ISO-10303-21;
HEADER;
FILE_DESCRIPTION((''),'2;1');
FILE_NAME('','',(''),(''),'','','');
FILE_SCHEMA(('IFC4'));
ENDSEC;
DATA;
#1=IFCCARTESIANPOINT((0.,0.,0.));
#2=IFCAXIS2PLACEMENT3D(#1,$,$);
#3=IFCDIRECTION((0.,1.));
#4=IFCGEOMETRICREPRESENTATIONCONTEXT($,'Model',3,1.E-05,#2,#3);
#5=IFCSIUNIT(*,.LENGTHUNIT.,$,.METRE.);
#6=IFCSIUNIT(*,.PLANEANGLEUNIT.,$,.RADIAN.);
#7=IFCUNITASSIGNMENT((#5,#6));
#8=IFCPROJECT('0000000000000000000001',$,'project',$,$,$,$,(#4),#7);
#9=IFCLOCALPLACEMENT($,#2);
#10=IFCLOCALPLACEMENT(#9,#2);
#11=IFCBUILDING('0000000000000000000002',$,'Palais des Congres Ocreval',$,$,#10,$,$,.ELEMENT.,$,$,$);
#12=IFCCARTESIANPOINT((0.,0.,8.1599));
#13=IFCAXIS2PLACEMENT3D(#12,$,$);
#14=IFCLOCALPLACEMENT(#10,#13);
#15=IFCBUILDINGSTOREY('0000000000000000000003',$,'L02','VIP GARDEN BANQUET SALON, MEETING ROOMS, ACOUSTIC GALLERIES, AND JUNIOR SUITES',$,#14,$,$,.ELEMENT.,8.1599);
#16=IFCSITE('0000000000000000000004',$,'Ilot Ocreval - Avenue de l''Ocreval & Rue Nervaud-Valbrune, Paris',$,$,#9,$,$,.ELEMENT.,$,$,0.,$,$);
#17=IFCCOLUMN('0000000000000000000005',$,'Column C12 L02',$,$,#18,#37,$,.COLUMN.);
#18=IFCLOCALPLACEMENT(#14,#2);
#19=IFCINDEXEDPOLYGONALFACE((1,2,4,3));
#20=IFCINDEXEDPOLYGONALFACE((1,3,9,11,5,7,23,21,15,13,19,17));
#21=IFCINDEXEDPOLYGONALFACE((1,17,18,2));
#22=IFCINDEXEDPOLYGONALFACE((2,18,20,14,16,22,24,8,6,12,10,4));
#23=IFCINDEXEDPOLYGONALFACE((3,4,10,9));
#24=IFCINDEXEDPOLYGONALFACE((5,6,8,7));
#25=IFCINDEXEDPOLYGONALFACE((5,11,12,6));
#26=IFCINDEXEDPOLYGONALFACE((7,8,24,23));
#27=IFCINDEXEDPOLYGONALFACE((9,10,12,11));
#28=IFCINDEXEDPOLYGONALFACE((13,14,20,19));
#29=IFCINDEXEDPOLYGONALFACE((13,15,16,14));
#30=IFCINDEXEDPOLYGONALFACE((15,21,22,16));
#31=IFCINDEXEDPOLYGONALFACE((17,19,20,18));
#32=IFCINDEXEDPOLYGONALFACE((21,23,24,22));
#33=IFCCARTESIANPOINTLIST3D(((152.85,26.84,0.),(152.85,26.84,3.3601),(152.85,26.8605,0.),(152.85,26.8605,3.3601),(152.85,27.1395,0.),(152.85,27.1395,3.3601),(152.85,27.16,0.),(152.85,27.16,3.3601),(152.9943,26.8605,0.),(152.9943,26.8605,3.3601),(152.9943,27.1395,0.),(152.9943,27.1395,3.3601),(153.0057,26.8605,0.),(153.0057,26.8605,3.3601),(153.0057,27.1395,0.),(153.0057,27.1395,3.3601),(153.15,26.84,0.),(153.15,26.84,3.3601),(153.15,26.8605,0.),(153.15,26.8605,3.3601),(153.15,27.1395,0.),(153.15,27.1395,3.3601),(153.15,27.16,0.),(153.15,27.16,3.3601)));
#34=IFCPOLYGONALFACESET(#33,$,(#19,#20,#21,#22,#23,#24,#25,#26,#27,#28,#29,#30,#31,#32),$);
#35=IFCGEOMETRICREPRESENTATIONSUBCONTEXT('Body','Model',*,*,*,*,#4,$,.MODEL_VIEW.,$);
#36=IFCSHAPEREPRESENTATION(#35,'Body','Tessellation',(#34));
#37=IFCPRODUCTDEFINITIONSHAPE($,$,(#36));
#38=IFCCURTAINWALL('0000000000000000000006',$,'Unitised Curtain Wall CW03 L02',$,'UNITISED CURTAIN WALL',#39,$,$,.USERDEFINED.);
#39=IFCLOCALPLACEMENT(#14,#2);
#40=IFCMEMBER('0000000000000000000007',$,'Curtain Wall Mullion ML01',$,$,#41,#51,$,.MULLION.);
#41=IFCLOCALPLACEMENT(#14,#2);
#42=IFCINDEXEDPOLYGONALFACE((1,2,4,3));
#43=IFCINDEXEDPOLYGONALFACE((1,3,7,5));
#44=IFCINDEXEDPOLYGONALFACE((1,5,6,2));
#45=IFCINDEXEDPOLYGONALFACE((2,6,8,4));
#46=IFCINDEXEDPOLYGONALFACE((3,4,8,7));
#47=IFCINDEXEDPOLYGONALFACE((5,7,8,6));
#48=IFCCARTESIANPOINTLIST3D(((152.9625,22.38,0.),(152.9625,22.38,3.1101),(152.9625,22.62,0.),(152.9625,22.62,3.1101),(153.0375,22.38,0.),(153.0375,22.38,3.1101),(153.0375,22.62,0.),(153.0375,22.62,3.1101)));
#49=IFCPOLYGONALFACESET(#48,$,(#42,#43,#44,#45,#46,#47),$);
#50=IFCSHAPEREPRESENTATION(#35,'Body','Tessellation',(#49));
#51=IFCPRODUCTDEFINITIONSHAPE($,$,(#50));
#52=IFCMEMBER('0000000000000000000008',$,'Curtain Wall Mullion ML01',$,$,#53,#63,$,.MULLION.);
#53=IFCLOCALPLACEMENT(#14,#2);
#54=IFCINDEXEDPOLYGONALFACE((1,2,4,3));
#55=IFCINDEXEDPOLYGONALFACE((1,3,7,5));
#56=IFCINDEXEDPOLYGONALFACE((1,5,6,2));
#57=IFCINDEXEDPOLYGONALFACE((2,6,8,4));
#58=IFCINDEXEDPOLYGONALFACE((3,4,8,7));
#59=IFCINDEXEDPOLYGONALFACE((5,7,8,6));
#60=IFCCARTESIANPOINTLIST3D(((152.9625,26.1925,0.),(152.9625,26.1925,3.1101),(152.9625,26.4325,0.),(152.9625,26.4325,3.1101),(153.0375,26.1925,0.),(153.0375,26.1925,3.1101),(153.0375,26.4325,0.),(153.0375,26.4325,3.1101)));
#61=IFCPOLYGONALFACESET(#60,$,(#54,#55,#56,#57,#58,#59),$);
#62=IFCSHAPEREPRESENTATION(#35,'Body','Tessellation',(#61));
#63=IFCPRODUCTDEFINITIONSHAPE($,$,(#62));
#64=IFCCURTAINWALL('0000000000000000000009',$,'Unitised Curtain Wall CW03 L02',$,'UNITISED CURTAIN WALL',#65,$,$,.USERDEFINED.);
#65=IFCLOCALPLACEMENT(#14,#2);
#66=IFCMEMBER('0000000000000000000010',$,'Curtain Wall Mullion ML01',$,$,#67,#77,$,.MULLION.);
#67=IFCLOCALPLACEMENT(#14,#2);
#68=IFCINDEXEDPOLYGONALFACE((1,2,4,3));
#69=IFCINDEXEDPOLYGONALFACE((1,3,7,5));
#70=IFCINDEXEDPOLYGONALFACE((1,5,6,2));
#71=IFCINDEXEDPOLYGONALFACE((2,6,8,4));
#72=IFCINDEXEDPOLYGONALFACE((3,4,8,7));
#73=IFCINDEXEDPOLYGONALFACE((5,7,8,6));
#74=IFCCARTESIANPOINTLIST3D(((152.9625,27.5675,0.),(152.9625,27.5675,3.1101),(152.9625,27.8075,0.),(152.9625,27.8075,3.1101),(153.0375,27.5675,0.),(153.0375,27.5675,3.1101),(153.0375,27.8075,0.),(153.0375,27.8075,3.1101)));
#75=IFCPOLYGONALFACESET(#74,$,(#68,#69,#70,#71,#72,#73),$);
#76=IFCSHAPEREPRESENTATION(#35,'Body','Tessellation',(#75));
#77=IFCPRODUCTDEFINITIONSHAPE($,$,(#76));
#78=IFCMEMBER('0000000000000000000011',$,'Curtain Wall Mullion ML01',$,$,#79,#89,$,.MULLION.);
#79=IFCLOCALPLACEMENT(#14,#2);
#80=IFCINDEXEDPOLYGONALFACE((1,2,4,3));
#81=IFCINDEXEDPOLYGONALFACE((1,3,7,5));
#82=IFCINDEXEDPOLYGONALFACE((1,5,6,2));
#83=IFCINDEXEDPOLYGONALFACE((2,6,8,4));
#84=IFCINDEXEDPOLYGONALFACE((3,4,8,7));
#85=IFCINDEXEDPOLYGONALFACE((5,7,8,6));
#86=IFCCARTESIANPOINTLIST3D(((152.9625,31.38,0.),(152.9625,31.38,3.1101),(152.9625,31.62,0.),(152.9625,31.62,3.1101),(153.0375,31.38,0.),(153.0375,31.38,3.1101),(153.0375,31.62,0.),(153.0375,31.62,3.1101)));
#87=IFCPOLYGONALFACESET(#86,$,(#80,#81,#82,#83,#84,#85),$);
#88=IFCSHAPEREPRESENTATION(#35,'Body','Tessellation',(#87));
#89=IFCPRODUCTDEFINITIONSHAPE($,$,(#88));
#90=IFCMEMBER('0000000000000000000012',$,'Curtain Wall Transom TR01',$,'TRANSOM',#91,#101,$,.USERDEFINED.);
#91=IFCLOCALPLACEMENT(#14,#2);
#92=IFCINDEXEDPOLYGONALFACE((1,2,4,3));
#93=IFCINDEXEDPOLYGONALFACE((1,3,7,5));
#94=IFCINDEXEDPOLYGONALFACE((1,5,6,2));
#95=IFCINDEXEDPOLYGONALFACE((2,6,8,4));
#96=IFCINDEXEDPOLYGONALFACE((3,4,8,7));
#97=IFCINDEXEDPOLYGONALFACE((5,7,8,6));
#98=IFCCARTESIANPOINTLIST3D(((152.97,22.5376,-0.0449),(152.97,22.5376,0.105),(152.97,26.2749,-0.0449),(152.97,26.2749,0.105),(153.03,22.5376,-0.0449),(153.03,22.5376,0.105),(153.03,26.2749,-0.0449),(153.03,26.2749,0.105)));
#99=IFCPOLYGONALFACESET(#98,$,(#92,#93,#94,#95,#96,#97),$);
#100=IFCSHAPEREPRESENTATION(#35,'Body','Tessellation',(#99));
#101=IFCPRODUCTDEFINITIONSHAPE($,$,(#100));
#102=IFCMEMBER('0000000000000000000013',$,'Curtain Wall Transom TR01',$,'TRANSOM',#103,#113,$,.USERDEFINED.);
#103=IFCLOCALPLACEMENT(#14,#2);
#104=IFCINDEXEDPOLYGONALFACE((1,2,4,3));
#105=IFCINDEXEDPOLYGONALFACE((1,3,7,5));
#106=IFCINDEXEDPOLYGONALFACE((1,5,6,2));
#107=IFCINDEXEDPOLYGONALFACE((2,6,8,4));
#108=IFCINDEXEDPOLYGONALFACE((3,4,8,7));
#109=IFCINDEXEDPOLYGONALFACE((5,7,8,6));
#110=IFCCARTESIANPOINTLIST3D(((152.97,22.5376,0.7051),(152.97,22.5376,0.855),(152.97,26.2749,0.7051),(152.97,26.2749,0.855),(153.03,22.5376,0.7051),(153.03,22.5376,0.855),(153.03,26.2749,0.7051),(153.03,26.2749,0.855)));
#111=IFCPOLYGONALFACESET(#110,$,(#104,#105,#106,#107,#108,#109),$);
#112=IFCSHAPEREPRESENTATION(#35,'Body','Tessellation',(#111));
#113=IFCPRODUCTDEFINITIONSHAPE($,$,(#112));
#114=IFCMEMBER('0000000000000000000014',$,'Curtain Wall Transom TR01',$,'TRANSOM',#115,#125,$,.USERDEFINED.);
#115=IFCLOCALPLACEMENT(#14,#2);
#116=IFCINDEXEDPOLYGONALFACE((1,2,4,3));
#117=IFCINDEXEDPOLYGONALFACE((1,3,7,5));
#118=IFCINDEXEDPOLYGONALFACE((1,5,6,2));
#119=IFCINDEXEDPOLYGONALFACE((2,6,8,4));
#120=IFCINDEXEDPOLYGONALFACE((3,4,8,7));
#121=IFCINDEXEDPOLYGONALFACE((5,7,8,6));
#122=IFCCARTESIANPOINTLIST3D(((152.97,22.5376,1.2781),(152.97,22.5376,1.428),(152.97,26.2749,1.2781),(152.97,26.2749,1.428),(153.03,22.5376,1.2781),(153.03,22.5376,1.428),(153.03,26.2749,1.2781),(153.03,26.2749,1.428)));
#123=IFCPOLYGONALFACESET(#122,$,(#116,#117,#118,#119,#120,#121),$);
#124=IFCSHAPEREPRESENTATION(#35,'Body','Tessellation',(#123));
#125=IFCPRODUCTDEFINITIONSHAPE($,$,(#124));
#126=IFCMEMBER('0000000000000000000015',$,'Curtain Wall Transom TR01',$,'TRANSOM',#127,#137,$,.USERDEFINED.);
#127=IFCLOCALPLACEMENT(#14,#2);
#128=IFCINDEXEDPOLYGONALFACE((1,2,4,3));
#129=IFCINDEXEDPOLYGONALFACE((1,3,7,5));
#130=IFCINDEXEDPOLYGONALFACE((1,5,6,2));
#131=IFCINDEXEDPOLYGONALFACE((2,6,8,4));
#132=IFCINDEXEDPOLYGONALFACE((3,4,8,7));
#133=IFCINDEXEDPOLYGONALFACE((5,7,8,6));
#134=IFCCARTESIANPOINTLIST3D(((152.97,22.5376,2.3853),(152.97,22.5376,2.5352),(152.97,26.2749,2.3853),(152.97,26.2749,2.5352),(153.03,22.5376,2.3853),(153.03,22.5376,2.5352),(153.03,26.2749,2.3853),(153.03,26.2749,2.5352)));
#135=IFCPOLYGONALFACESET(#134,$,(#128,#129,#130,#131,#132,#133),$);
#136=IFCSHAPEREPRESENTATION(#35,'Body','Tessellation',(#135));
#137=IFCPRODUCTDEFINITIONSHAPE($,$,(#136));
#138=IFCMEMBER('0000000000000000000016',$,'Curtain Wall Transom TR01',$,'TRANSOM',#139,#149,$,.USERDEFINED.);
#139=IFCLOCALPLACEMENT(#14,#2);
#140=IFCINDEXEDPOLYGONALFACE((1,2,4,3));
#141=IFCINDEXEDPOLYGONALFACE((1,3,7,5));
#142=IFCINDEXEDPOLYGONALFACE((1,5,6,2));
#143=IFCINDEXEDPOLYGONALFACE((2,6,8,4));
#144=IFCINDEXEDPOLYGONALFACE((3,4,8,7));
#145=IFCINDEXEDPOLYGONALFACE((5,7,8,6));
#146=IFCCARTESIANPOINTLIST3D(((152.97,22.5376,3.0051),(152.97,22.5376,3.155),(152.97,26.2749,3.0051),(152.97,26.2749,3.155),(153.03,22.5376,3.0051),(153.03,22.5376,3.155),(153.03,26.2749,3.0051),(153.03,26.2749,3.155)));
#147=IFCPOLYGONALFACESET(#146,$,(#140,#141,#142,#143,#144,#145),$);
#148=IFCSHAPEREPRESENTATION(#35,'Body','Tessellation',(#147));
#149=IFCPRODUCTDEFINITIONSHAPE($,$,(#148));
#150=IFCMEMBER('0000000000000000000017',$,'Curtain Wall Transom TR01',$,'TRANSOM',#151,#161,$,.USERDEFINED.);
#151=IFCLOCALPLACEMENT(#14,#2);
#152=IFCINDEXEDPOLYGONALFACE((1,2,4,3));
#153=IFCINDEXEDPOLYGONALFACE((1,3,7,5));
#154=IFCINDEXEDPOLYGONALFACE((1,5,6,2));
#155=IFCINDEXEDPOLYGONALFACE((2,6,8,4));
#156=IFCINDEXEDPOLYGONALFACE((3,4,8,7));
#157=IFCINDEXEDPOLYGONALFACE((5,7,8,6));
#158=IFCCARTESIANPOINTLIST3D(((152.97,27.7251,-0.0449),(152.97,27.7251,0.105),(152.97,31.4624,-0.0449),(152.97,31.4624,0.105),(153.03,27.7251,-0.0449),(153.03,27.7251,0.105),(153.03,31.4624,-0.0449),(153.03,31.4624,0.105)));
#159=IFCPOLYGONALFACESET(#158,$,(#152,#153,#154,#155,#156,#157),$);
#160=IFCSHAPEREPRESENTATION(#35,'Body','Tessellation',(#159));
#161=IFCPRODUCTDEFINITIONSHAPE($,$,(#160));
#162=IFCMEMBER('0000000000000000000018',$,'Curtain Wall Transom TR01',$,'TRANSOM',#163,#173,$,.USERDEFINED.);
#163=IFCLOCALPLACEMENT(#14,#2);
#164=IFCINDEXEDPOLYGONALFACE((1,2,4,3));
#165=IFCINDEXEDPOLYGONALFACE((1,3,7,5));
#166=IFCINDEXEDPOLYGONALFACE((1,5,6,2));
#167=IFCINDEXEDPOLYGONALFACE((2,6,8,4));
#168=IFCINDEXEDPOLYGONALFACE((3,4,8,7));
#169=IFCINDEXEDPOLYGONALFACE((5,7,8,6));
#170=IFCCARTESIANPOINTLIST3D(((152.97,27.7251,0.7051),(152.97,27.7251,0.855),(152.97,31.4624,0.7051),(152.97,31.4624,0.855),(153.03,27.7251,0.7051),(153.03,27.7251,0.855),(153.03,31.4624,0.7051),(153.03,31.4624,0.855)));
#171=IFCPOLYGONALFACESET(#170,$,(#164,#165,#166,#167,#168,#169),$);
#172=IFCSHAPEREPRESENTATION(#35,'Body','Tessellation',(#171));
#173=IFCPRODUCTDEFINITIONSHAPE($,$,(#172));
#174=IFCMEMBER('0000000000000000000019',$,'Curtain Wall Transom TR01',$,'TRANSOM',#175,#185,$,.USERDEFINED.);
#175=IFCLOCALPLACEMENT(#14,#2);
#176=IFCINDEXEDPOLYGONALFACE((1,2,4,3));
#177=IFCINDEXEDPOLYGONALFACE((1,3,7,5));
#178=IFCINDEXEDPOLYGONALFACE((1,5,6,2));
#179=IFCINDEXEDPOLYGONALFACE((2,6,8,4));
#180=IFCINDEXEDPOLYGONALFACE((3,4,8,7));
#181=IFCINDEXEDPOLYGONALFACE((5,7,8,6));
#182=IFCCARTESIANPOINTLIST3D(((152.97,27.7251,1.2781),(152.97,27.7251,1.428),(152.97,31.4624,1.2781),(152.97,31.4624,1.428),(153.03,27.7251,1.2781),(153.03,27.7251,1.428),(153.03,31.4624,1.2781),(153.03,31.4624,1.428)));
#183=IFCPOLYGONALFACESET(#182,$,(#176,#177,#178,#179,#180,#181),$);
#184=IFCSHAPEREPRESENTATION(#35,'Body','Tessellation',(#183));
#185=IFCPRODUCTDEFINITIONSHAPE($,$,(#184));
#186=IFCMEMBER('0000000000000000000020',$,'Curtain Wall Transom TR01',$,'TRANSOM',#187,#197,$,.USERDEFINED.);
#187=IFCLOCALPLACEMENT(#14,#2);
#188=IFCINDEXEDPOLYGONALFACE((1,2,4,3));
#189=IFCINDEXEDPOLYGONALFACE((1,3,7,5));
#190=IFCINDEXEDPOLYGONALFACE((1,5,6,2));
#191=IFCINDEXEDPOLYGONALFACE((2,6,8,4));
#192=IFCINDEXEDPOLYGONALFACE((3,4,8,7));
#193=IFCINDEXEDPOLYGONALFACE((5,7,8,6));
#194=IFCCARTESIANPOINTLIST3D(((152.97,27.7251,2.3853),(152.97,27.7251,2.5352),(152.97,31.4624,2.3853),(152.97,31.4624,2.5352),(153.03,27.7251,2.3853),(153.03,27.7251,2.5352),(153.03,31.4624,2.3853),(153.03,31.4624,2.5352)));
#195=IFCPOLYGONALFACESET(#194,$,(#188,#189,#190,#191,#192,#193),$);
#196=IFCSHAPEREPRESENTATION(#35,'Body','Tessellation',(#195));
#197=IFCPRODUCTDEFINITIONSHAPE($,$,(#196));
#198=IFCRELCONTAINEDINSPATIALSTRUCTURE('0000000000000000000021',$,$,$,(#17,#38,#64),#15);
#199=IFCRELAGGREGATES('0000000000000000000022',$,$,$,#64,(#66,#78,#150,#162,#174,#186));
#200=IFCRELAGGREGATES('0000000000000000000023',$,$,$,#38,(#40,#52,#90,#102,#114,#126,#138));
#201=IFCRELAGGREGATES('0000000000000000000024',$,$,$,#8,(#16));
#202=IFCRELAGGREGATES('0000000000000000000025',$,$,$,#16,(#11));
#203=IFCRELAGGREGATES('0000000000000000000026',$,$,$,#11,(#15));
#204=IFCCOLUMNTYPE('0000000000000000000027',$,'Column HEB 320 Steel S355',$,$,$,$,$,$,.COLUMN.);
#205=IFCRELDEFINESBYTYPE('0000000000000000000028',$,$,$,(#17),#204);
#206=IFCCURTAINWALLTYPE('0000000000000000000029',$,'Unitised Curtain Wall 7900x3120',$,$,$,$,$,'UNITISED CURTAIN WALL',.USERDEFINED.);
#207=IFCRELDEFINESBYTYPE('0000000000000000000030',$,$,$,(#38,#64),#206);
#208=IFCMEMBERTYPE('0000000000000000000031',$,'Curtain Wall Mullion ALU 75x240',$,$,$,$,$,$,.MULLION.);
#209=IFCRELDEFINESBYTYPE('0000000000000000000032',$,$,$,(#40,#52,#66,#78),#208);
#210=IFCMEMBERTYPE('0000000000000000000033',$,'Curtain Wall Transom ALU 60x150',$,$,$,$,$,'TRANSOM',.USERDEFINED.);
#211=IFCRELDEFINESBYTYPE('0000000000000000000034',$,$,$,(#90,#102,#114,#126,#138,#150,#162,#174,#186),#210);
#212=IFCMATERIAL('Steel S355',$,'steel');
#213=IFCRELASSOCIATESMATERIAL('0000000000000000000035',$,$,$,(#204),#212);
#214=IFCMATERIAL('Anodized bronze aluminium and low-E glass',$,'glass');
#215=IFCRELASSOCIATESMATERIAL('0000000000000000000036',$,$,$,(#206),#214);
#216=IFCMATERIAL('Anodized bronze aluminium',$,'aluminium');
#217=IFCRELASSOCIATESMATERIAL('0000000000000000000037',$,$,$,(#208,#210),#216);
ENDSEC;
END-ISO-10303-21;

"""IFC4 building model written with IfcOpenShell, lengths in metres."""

from ifc_helpers import new_model, si_unit, direction, frame, origin, origin_2d, place, context, subcontext, project, spatial, rectangle, i_section, extrude, material, material_profile, profile_set, type_object, element, aggregate, save


model = new_model("IFC4")

# Units and contexts
model_context = context("Model", 3, precision=1e-05, world=origin(), true_north=direction((0.0, 1.0)))
body_context = subcontext(model_context, "Body", "Model", "MODEL_VIEW")
ifc_project = project(units=[si_unit("LENGTHUNIT", "METRE"), si_unit("PLANEANGLEUNIT", "RADIAN")], contexts=[model_context])

# Site, building, storey
site_placement = place(None, origin())
site = spatial("IfcSite", under=ifc_project, at=site_placement, Name="Ilot Ocreval - Avenue de l'Ocreval & Rue Nervaud-Valbrune, Paris", CompositionType="ELEMENT", RefElevation=0.0)
building_placement = place(site_placement, origin())
building = spatial("IfcBuilding", under=site, at=building_placement, Name="Palais des Congres Ocreval", CompositionType="ELEMENT")
storey_placement = place(building_placement, frame((0.0, 0.0, 8.1599)))
storey = spatial("IfcBuildingStorey", under=building, at=storey_placement, Name="L02", Description="VIP GARDEN BANQUET SALON, MEETING ROOMS, ACOUSTIC GALLERIES, AND JUNIOR SUITES", CompositionType="ELEMENT", Elevation=8.1599)

# Column
ifc_material_1 = material(Name="Steel S355", Category="steel")
ifc_material_profile_1 = material_profile(ifc_material_1, i_section(OverallWidth=0.3, OverallDepth=0.3201, WebThickness=0.0115, FlangeThickness=0.0205, at=origin_2d()), Name="HEB 320")
ifc_profile_set_1 = profile_set([ifc_material_profile_1], Name="Steel S355")
column_type = type_object("IfcColumnType", Name="Column HEB 320 Steel S355", PredefinedType="COLUMN", material=ifc_profile_set_1)
column_placement = place(storey_placement, frame((153.0, 27.0, 0.0), z_axis=(0.0, 0.0, 1.0), x_axis=(1.0, 0.0, 0.0)))
element("IfcColumn", 1, at=column_placement, inside=storey, type_object=column_type, Name="Column C12 L02", PredefinedType="COLUMN", context=body_context, shape_type="SweptSolid", body=[
    extrude(i_section(OverallWidth=0.3, OverallDepth=0.3201, WebThickness=0.0115, FlangeThickness=0.0205, at=origin_2d()), origin(), (0.0, 0.0, 1.0), 3.3601),
])

# Curtain walls, members
ifc_material_2 = material(Name="Anodized bronze aluminium and low-E glass", Category="glass")
curtain_wall_type = type_object("IfcCurtainWallType", Name="Unitised Curtain Wall 7900x3120", ElementType="UNITISED CURTAIN WALL", PredefinedType="USERDEFINED", material=ifc_material_2)
curtain_wall_1_placement = place(storey_placement, origin())
curtain_wall_1 = element("IfcCurtainWall", 2, at=curtain_wall_1_placement, inside=storey, type_object=curtain_wall_type, Name="Unitised Curtain Wall CW03 L02", ObjectType="UNITISED CURTAIN WALL", PredefinedType="USERDEFINED")
ifc_material_3 = material(Name="Anodized bronze aluminium", Category="aluminium")
ifc_material_profile_2 = material_profile(ifc_material_3, rectangle(XDim=0.075, YDim=0.24, at=origin_2d()), Name="ALU 75x240")
ifc_profile_set_2 = profile_set([ifc_material_profile_2], Name="Anodized bronze aluminium")
member_type_1 = type_object("IfcMemberType", Name="Curtain Wall Mullion ALU 75x240", PredefinedType="MULLION", material=ifc_profile_set_2)
member_1_placement = place(storey_placement, frame((153.0, 22.5, 0.0), z_axis=(0.0, 0.0, 1.0), x_axis=(-1.0, 0.0, 0.0)))
member_1 = element("IfcMember", 3, at=member_1_placement, type_object=member_type_1, Name="Curtain Wall Mullion ML01", PredefinedType="MULLION", context=body_context, shape_type="SweptSolid", body=[
    extrude(rectangle(XDim=0.075, YDim=0.24, at=origin_2d()), origin(), (0.0, 0.0, 1.0), 3.1101),
])
member_2_placement = place(storey_placement, frame((153.0, 26.3125, 0.0), z_axis=(0.0, 0.0, 1.0), x_axis=(-1.0, 0.0, 0.0)))
member_2 = element("IfcMember", 4, at=member_2_placement, type_object=member_type_1, Name="Curtain Wall Mullion ML01", PredefinedType="MULLION", context=body_context, shape_type="SweptSolid", body=[
    extrude(rectangle(XDim=0.075, YDim=0.24, at=origin_2d()), origin(), (0.0, 0.0, 1.0), 3.1101),
])
curtain_wall_2_placement = place(storey_placement, origin())
curtain_wall_2 = element("IfcCurtainWall", 5, at=curtain_wall_2_placement, inside=storey, type_object=curtain_wall_type, Name="Unitised Curtain Wall CW03 L02", ObjectType="UNITISED CURTAIN WALL", PredefinedType="USERDEFINED")
member_3_placement = place(storey_placement, frame((153.0, 27.6875, 0.0), z_axis=(0.0, 0.0, 1.0), x_axis=(-1.0, 0.0, 0.0)))
member_3 = element("IfcMember", 6, at=member_3_placement, type_object=member_type_1, Name="Curtain Wall Mullion ML01", PredefinedType="MULLION", context=body_context, shape_type="SweptSolid", body=[
    extrude(rectangle(XDim=0.075, YDim=0.24, at=origin_2d()), origin(), (0.0, 0.0, 1.0), 3.1101),
])
member_4_placement = place(storey_placement, frame((153.0, 31.5, 0.0), z_axis=(0.0, 0.0, 1.0), x_axis=(-1.0, 0.0, 0.0)))
member_4 = element("IfcMember", 7, at=member_4_placement, type_object=member_type_1, Name="Curtain Wall Mullion ML01", PredefinedType="MULLION", context=body_context, shape_type="SweptSolid", body=[
    extrude(rectangle(XDim=0.075, YDim=0.24, at=origin_2d()), origin(), (0.0, 0.0, 1.0), 3.1101),
])

# Members
ifc_material_profile_3 = material_profile(ifc_material_3, rectangle(XDim=0.0601, YDim=0.1499, at=origin_2d()), Name="ALU 60x150")
ifc_profile_set_3 = profile_set([ifc_material_profile_3], Name="Anodized bronze aluminium")
member_type_2 = type_object("IfcMemberType", Name="Curtain Wall Transom ALU 60x150", ElementType="TRANSOM", PredefinedType="USERDEFINED", material=ifc_profile_set_3)
member_5_placement = place(storey_placement, frame((153.0, 22.5376, 0.03), z_axis=(0.0, 1.0, 0.0), x_axis=(-1.0, 0.0, 0.0)))
member_5 = element("IfcMember", 8, at=member_5_placement, type_object=member_type_2, Name="Curtain Wall Transom TR01", ObjectType="TRANSOM", PredefinedType="USERDEFINED", context=body_context, shape_type="SweptSolid", body=[
    extrude(rectangle(XDim=0.0601, YDim=0.1499, at=origin_2d()), origin(), (0.0, 0.0, 1.0), 3.7373),
])
member_6_placement = place(storey_placement, frame((153.0, 22.5376, 0.78), z_axis=(0.0, 1.0, 0.0), x_axis=(-1.0, 0.0, 0.0)))
member_6 = element("IfcMember", 9, at=member_6_placement, type_object=member_type_2, Name="Curtain Wall Transom TR01", ObjectType="TRANSOM", PredefinedType="USERDEFINED", context=body_context, shape_type="SweptSolid", body=[
    extrude(rectangle(XDim=0.0601, YDim=0.1499, at=origin_2d()), origin(), (0.0, 0.0, 1.0), 3.7373),
])
member_7_placement = place(storey_placement, frame((153.0, 22.5376, 1.353), z_axis=(0.0, 1.0, 0.0), x_axis=(-1.0, 0.0, 0.0)))
member_7 = element("IfcMember", 10, at=member_7_placement, type_object=member_type_2, Name="Curtain Wall Transom TR01", ObjectType="TRANSOM", PredefinedType="USERDEFINED", context=body_context, shape_type="SweptSolid", body=[
    extrude(rectangle(XDim=0.0601, YDim=0.1499, at=origin_2d()), origin(), (0.0, 0.0, 1.0), 3.7373),
])
member_8_placement = place(storey_placement, frame((153.0, 22.5376, 2.4602), z_axis=(0.0, 1.0, 0.0), x_axis=(-1.0, 0.0, 0.0)))
member_8 = element("IfcMember", 11, at=member_8_placement, type_object=member_type_2, Name="Curtain Wall Transom TR01", ObjectType="TRANSOM", PredefinedType="USERDEFINED", context=body_context, shape_type="SweptSolid", body=[
    extrude(rectangle(XDim=0.0601, YDim=0.1499, at=origin_2d()), origin(), (0.0, 0.0, 1.0), 3.7373),
])
member_9_placement = place(storey_placement, frame((153.0, 22.5376, 3.0801), z_axis=(0.0, 1.0, 0.0), x_axis=(-1.0, 0.0, 0.0)))
member_9 = element("IfcMember", 12, at=member_9_placement, type_object=member_type_2, Name="Curtain Wall Transom TR01", ObjectType="TRANSOM", PredefinedType="USERDEFINED", context=body_context, shape_type="SweptSolid", body=[
    extrude(rectangle(XDim=0.0601, YDim=0.1499, at=origin_2d()), origin(), (0.0, 0.0, 1.0), 3.7373),
])
member_10_placement = place(storey_placement, frame((153.0, 27.7251, 0.03), z_axis=(0.0, 1.0, 0.0), x_axis=(-1.0, 0.0, 0.0)))
member_10 = element("IfcMember", 13, at=member_10_placement, type_object=member_type_2, Name="Curtain Wall Transom TR01", ObjectType="TRANSOM", PredefinedType="USERDEFINED", context=body_context, shape_type="SweptSolid", body=[
    extrude(rectangle(XDim=0.0601, YDim=0.1499, at=origin_2d()), origin(), (0.0, 0.0, 1.0), 3.7373),
])
member_11_placement = place(storey_placement, frame((153.0, 27.7251, 0.78), z_axis=(0.0, 1.0, 0.0), x_axis=(-1.0, 0.0, 0.0)))
member_11 = element("IfcMember", 14, at=member_11_placement, type_object=member_type_2, Name="Curtain Wall Transom TR01", ObjectType="TRANSOM", PredefinedType="USERDEFINED", context=body_context, shape_type="SweptSolid", body=[
    extrude(rectangle(XDim=0.0601, YDim=0.1499, at=origin_2d()), origin(), (0.0, 0.0, 1.0), 3.7373),
])
member_12_placement = place(storey_placement, frame((153.0, 27.7251, 1.353), z_axis=(0.0, 1.0, 0.0), x_axis=(-1.0, 0.0, 0.0)))
member_12 = element("IfcMember", 15, at=member_12_placement, type_object=member_type_2, Name="Curtain Wall Transom TR01", ObjectType="TRANSOM", PredefinedType="USERDEFINED", context=body_context, shape_type="SweptSolid", body=[
    extrude(rectangle(XDim=0.0601, YDim=0.1499, at=origin_2d()), origin(), (0.0, 0.0, 1.0), 3.7373),
])
member_13_placement = place(storey_placement, frame((153.0, 27.7251, 2.4602), z_axis=(0.0, 1.0, 0.0), x_axis=(-1.0, 0.0, 0.0)))
member_13 = element("IfcMember", 16, at=member_13_placement, type_object=member_type_2, Name="Curtain Wall Transom TR01", ObjectType="TRANSOM", PredefinedType="USERDEFINED", context=body_context, shape_type="SweptSolid", body=[
    extrude(rectangle(XDim=0.0601, YDim=0.1499, at=origin_2d()), origin(), (0.0, 0.0, 1.0), 3.7373),
])

aggregate(curtain_wall_2, [member_3, member_4, member_10, member_11, member_12, member_13])
aggregate(curtain_wall_1, [member_1, member_2, member_5, member_6, member_7, member_8, member_9])

save(model, "model.ifc")
